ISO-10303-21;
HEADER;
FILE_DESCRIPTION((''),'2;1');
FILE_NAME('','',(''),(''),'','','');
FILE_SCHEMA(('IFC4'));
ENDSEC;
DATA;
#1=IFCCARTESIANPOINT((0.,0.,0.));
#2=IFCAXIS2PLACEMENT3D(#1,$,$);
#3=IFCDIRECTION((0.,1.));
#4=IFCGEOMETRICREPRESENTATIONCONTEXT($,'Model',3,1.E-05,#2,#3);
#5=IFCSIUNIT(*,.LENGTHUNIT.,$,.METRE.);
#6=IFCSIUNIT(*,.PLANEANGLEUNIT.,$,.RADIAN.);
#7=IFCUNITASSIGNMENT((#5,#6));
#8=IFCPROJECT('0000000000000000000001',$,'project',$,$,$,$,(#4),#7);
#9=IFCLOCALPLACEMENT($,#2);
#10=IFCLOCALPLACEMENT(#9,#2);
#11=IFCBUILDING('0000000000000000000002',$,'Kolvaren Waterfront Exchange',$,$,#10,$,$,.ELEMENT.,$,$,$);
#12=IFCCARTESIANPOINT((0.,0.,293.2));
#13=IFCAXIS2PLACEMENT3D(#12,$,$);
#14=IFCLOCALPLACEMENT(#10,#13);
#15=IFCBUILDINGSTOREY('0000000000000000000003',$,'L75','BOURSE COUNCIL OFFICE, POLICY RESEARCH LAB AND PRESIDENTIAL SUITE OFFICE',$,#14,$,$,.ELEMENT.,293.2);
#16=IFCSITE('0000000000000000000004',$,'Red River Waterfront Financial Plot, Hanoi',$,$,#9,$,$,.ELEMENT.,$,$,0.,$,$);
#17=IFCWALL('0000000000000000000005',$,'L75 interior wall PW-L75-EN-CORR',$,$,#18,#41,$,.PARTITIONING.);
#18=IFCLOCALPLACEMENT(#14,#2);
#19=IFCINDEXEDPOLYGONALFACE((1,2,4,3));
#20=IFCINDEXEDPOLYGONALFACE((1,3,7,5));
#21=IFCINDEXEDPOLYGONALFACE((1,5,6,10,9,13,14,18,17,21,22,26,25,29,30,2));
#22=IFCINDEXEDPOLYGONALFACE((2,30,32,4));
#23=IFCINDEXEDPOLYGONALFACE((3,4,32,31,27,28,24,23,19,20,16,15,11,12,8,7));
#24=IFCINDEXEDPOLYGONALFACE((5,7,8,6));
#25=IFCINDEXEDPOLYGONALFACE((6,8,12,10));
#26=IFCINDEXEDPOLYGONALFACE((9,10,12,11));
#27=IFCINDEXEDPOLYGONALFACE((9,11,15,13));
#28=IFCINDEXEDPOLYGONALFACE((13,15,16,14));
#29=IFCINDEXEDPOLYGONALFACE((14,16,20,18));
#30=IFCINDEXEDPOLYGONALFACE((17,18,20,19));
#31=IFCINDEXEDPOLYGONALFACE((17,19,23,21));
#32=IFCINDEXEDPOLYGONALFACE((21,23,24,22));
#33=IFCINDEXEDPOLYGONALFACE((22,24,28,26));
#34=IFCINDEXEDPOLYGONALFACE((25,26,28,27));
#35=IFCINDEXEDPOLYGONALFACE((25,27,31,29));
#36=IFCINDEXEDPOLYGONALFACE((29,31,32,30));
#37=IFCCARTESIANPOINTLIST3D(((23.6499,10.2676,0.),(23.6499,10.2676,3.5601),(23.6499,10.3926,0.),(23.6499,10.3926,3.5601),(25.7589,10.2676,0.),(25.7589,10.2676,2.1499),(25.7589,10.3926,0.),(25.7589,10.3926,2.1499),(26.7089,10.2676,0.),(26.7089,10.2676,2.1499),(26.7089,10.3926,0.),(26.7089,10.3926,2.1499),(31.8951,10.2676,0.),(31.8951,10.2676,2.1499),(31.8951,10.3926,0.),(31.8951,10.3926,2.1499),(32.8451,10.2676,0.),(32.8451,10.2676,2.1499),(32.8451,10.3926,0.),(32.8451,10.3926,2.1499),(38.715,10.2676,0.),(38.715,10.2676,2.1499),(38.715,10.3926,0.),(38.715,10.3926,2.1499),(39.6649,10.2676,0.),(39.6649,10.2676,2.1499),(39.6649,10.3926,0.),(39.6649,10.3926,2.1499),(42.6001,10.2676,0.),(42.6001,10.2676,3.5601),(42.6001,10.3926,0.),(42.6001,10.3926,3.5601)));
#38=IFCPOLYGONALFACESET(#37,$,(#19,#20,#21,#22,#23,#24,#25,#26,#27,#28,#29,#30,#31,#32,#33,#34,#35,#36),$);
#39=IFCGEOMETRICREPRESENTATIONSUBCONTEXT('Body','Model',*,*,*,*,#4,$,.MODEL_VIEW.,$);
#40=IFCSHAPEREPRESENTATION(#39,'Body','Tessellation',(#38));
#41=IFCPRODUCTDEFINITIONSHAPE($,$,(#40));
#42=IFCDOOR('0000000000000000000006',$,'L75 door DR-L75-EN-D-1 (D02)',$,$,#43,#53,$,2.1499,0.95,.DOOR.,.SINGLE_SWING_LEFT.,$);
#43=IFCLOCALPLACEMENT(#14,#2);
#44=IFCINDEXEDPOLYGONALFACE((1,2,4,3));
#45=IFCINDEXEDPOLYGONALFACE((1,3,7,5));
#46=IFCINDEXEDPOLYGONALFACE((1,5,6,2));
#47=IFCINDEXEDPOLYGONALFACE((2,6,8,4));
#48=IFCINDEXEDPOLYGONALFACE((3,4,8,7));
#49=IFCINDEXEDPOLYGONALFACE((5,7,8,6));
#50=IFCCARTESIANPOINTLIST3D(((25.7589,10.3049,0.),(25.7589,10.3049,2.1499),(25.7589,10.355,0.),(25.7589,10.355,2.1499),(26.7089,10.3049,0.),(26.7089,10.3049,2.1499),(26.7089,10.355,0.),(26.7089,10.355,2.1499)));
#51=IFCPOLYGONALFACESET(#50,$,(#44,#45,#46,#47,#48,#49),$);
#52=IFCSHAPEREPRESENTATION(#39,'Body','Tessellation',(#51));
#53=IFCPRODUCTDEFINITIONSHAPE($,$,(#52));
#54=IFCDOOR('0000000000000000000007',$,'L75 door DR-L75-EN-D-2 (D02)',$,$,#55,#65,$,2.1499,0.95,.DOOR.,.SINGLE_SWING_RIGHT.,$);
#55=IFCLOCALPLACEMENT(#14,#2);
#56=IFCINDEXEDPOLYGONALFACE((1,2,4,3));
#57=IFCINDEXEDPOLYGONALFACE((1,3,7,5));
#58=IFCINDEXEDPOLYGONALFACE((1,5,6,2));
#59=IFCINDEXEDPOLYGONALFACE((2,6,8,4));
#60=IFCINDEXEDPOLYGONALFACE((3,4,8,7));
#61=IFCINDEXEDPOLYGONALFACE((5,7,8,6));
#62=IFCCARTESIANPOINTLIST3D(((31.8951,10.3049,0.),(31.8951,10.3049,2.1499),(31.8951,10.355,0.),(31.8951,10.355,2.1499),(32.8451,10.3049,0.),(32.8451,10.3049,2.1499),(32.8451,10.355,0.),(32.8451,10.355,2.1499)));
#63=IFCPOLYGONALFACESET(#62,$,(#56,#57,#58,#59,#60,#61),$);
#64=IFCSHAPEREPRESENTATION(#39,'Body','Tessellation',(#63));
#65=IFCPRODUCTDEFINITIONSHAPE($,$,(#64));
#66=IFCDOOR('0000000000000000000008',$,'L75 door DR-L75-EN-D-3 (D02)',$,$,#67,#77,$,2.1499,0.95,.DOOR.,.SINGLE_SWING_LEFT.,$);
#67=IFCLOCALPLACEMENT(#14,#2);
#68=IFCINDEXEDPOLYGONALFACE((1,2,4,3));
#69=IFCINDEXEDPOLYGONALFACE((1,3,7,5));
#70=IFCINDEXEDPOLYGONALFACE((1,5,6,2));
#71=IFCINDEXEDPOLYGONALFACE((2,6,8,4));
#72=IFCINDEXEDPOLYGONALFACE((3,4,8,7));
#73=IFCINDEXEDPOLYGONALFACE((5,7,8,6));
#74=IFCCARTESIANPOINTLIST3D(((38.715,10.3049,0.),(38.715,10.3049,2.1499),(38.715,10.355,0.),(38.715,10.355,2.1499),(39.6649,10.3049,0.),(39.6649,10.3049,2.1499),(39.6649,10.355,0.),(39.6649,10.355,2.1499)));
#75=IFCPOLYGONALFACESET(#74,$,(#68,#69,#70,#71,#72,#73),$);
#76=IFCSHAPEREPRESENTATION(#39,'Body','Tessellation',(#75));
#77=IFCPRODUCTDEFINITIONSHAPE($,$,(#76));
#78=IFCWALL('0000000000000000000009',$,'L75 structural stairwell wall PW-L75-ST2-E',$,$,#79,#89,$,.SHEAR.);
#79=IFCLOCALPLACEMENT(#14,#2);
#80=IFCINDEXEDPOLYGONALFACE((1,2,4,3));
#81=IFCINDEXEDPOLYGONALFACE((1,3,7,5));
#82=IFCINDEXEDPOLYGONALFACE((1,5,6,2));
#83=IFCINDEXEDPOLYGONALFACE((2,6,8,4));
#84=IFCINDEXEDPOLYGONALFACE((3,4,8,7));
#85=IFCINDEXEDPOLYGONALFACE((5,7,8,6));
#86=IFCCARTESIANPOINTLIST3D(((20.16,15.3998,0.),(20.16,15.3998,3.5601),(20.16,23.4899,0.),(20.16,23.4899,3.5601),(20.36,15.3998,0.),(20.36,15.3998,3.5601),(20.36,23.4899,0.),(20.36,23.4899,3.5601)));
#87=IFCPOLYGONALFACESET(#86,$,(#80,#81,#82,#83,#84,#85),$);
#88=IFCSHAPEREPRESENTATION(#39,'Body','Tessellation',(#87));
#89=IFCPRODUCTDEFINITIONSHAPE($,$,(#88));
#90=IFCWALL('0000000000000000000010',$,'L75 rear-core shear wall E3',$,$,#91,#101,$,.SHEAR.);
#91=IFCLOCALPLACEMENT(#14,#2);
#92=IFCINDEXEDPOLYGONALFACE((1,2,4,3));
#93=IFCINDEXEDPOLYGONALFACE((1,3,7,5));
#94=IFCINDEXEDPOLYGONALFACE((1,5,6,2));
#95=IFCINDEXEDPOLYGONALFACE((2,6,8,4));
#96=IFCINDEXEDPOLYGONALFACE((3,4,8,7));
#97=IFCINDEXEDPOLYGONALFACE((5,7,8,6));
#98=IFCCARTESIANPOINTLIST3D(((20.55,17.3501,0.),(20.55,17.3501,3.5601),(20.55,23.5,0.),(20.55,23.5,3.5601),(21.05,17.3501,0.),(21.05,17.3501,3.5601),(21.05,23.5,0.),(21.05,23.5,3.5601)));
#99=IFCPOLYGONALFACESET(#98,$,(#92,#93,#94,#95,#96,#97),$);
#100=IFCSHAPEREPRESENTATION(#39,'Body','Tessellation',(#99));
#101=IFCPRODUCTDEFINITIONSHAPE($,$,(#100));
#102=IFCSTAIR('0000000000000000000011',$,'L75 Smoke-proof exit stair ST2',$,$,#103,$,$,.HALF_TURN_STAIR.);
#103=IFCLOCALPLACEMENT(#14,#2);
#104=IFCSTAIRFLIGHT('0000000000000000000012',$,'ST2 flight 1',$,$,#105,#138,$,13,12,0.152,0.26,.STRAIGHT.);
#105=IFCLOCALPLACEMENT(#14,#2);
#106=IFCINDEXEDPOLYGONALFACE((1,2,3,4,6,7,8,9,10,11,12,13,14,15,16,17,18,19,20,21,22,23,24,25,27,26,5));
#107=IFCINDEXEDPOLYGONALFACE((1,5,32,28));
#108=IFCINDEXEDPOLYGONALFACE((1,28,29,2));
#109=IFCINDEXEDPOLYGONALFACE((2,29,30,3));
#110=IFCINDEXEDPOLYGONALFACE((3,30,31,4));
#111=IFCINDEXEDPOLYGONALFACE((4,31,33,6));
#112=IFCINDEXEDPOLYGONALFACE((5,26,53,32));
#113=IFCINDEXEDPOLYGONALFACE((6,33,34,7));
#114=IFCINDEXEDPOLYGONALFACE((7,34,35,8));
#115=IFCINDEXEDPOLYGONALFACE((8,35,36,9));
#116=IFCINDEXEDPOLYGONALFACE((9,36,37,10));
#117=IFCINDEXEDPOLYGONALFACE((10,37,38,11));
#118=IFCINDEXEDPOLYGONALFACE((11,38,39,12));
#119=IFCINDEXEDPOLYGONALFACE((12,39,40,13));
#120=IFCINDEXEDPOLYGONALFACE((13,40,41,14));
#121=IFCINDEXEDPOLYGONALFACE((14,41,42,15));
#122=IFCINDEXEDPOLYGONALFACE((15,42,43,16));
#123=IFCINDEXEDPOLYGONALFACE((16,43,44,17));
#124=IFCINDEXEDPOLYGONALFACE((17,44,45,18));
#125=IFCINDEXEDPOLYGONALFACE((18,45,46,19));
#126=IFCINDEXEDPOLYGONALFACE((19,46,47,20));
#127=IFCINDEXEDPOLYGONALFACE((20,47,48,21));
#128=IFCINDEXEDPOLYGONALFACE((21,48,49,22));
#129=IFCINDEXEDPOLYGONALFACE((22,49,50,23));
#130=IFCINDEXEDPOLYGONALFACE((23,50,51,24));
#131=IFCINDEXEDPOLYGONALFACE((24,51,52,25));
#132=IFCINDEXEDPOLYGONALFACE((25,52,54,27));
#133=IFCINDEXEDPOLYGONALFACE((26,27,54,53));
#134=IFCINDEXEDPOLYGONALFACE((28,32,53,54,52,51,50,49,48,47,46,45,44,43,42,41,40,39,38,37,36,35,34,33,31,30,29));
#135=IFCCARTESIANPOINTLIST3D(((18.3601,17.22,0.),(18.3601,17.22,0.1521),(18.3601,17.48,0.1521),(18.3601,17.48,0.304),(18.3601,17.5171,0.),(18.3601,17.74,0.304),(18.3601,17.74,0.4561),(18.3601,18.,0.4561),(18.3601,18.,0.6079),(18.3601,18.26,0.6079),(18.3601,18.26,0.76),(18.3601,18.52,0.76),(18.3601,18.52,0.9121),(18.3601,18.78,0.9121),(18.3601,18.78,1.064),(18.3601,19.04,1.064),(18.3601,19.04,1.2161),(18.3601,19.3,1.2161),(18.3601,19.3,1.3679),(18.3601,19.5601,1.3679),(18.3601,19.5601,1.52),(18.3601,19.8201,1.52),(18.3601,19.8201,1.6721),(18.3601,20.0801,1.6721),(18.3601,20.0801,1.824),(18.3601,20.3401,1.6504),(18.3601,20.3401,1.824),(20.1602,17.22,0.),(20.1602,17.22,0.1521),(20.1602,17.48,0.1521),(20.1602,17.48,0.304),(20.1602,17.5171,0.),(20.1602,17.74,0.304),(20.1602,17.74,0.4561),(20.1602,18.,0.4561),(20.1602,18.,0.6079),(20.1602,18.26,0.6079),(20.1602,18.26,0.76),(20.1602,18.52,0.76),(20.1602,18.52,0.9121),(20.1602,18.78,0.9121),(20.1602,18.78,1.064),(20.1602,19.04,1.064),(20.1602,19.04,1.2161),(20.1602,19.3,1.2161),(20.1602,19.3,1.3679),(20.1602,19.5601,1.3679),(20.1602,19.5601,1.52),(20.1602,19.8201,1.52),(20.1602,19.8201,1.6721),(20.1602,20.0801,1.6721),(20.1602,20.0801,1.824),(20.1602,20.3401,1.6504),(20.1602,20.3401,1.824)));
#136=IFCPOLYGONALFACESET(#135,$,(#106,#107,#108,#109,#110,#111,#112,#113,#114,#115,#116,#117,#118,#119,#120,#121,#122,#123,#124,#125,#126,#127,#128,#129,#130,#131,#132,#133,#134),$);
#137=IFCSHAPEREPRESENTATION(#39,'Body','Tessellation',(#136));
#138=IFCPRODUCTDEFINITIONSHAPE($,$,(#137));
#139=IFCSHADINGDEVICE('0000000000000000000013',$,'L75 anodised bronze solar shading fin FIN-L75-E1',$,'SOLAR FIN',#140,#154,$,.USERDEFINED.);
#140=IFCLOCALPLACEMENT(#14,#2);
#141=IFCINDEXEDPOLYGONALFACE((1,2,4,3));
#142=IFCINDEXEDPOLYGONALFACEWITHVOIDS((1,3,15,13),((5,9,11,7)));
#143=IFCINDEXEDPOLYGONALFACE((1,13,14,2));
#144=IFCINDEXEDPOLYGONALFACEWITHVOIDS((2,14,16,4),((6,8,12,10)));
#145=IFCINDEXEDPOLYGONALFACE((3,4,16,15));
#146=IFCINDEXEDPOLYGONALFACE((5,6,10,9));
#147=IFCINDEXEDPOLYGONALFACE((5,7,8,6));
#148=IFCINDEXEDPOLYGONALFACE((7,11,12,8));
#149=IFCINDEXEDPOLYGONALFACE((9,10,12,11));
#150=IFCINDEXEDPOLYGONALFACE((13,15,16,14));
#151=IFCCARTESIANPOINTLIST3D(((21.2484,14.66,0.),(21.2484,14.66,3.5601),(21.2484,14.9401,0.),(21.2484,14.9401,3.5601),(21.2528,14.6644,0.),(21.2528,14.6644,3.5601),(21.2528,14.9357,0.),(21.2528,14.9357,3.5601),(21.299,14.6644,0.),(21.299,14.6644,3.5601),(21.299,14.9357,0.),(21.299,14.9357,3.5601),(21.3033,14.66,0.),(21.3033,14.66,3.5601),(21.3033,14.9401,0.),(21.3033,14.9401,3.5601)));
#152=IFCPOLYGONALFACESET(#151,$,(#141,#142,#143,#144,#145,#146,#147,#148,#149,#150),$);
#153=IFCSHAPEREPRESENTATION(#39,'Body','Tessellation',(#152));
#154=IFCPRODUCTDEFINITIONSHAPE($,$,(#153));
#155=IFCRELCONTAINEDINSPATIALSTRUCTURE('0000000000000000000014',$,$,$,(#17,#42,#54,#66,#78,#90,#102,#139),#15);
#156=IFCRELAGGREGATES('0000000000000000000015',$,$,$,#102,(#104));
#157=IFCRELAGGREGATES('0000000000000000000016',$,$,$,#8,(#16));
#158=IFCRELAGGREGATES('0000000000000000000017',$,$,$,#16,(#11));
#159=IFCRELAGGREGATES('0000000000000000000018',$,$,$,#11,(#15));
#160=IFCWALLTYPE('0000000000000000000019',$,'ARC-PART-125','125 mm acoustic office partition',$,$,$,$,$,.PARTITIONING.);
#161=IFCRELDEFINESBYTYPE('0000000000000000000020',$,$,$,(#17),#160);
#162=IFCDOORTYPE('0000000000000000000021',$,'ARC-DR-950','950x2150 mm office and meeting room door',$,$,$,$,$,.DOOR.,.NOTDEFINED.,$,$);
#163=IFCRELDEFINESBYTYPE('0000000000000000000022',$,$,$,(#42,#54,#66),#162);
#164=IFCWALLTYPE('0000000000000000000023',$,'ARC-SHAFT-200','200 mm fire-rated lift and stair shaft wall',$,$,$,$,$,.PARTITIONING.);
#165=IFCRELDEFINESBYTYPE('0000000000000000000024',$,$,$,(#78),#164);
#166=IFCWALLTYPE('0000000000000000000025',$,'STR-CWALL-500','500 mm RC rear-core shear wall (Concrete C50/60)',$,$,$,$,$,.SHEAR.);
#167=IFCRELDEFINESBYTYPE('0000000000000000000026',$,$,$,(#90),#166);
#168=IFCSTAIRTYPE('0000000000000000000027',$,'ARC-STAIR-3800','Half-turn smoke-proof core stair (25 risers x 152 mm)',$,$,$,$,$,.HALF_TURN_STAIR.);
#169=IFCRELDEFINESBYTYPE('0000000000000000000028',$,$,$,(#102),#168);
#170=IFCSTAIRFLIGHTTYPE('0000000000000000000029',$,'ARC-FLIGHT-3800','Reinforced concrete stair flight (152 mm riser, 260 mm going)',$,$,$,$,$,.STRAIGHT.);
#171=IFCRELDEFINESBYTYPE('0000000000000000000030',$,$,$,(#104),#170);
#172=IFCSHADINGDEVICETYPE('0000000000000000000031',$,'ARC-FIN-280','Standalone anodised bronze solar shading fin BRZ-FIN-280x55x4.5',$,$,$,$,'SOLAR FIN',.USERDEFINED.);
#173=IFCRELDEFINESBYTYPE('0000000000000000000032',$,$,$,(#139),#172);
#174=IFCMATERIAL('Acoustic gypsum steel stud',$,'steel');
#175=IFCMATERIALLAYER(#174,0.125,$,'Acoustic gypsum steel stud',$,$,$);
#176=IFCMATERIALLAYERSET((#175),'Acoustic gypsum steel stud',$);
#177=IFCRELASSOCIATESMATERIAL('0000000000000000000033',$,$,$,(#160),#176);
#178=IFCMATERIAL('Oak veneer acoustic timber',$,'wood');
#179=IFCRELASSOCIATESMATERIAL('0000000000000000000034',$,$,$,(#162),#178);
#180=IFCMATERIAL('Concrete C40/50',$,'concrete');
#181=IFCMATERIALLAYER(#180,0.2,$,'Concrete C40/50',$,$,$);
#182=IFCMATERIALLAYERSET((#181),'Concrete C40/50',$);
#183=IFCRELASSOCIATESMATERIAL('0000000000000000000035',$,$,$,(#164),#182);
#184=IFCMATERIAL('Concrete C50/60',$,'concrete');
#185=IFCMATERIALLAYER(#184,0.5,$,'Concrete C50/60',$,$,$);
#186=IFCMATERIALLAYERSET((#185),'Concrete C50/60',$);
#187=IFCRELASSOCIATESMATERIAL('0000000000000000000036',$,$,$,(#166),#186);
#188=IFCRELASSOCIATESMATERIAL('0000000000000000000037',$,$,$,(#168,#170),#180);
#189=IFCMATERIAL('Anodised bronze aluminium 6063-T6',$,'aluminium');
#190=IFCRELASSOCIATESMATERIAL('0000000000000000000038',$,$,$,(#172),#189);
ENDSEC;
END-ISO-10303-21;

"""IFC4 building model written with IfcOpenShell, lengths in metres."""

from ifc_helpers import new_model, si_unit, direction, frame, frame_2d, origin, origin_2d, place, context, subcontext, project, spatial, polyline, rectangle, hollow_rectangle, outline, extrude, material, layer, layer_set, material_profile, profile_set, type_object, element, fill, aggregate, save


model = new_model("IFC4")

# Units and contexts
model_context = context("Model", 3, precision=1e-05, world=origin(), true_north=direction((0.0, 1.0)))
body_context = subcontext(model_context, "Body", "Model", "MODEL_VIEW")
ifc_project = project(units=[si_unit("LENGTHUNIT", "METRE"), si_unit("PLANEANGLEUNIT", "RADIAN")], contexts=[model_context])

# Site, building, storey
site_placement = place(None, origin())
site = spatial("IfcSite", under=ifc_project, at=site_placement, Name="Red River Waterfront Financial Plot, Hanoi", CompositionType="ELEMENT", RefElevation=0.0)
building_placement = place(site_placement, origin())
building = spatial("IfcBuilding", under=site, at=building_placement, Name="Kolvaren Waterfront Exchange", CompositionType="ELEMENT")
storey_placement = place(building_placement, frame((0.0, 0.0, 293.2)))
storey = spatial("IfcBuildingStorey", under=building, at=storey_placement, Name="L75", Description="BOURSE COUNCIL OFFICE, POLICY RESEARCH LAB AND PRESIDENTIAL SUITE OFFICE", CompositionType="ELEMENT", Elevation=293.2)

# Shared definitions
ifc_material_1 = material(Name="Concrete C50/60", Category="concrete")

# Shared definitions
ifc_material_2 = material(Name="Acoustic gypsum steel stud", Category="steel")
ifc_layer_1 = layer(ifc_material_2, 0.125, Name="Acoustic gypsum steel stud")
ifc_layer_set_1 = layer_set([ifc_layer_1], Name="Acoustic gypsum steel stud")
wall_type_1 = type_object("IfcWallType", Name="ARC-PART-125", Description="125 mm acoustic office partition", PredefinedType="PARTITIONING", material=ifc_layer_set_1)

# Wall, openings, doors
wall_1_placement = place(storey_placement, frame((23.6499, 10.3301, 0.0), z_axis=(0.0, 0.0, 1.0), x_axis=(1.0, 0.0, 0.0)))
wall_1 = element("IfcWall", 1, at=wall_1_placement, inside=storey, type_object=wall_type_1, Name="L75 interior wall PW-L75-EN-CORR", PredefinedType="PARTITIONING", context=body_context, shape_type="SweptSolid", body=[
    extrude(rectangle(XDim=18.9502, YDim=0.125, at=frame_2d((9.4751, 0.0))), origin(), (0.0, 0.0, 1.0), 3.5601),
])
opening_1_placement = place(wall_1_placement, frame((2.1089, 0.0, 0.0)))
opening_1 = element("IfcOpeningElement", 2, at=opening_1_placement, cuts=wall_1, PredefinedType="OPENING", context=body_context, shape_type="SweptSolid", body=[
    extrude(rectangle(XDim=0.95, YDim=2.1499, at=frame_2d((0.4751, 1.075))), frame((0.0, 0.0725, 0.0), z_axis=(0.0, -1.0, 0.0), x_axis=(1.0, 0.0, 0.0)), (0.0, 0.0, 1.0), 0.145),
])
opening_2_placement = place(wall_1_placement, frame((8.2451, 0.0, 0.0)))
opening_2 = element("IfcOpeningElement", 3, at=opening_2_placement, cuts=wall_1, PredefinedType="OPENING", context=body_context, shape_type="SweptSolid", body=[
    extrude(rectangle(XDim=0.95, YDim=2.1499, at=frame_2d((0.4751, 1.075))), frame((0.0, 0.0725, 0.0), z_axis=(0.0, -1.0, 0.0), x_axis=(1.0, 0.0, 0.0)), (0.0, 0.0, 1.0), 0.145),
])
opening_3_placement = place(wall_1_placement, frame((15.0649, 0.0, 0.0)))
opening_3 = element("IfcOpeningElement", 4, at=opening_3_placement, cuts=wall_1, PredefinedType="OPENING", context=body_context, shape_type="SweptSolid", body=[
    extrude(rectangle(XDim=0.95, YDim=2.1499, at=frame_2d((0.4751, 1.075))), frame((0.0, 0.0725, 0.0), z_axis=(0.0, -1.0, 0.0), x_axis=(1.0, 0.0, 0.0)), (0.0, 0.0, 1.0), 0.145),
])
ifc_material_3 = material(Name="Oak veneer acoustic timber", Category="wood")
door_type = type_object("IfcDoorType", Name="ARC-DR-950", Description="950x2150 mm office and meeting room door", OperationType="NOTDEFINED", PredefinedType="DOOR", material=ifc_material_3)
door_1_placement = place(opening_1_placement, origin())
door_1 = element("IfcDoor", 5, at=door_1_placement, inside=storey, type_object=door_type, Name="L75 door DR-L75-EN-D-1 (D02)", OperationType="SINGLE_SWING_LEFT", OverallHeight=2.1499, OverallWidth=0.95, PredefinedType="DOOR", context=body_context, shape_type="SweptSolid", body=[
    extrude(rectangle(XDim=0.95, YDim=2.1499, at=frame_2d((0.4751, 1.075))), frame((0.0, 0.0249, 0.0), z_axis=(0.0, -1.0, 0.0), x_axis=(1.0, 0.0, 0.0)), (0.0, 0.0, 1.0), 0.05),
])
fill(opening_1, door_1)
door_2_placement = place(opening_2_placement, origin())
door_2 = element("IfcDoor", 6, at=door_2_placement, inside=storey, type_object=door_type, Name="L75 door DR-L75-EN-D-2 (D02)", OperationType="SINGLE_SWING_RIGHT", OverallHeight=2.1499, OverallWidth=0.95, PredefinedType="DOOR", context=body_context, shape_type="SweptSolid", body=[
    extrude(rectangle(XDim=0.95, YDim=2.1499, at=frame_2d((0.4751, 1.075))), frame((0.0, 0.0249, 0.0), z_axis=(0.0, -1.0, 0.0), x_axis=(1.0, 0.0, 0.0)), (0.0, 0.0, 1.0), 0.05),
])
fill(opening_2, door_2)
door_3_placement = place(opening_3_placement, origin())
door_3 = element("IfcDoor", 7, at=door_3_placement, inside=storey, type_object=door_type, Name="L75 door DR-L75-EN-D-3 (D02)", OperationType="SINGLE_SWING_LEFT", OverallHeight=2.1499, OverallWidth=0.95, PredefinedType="DOOR", context=body_context, shape_type="SweptSolid", body=[
    extrude(rectangle(XDim=0.95, YDim=2.1499, at=frame_2d((0.4751, 1.075))), frame((0.0, 0.0249, 0.0), z_axis=(0.0, -1.0, 0.0), x_axis=(1.0, 0.0, 0.0)), (0.0, 0.0, 1.0), 0.05),
])
fill(opening_3, door_3)

# Walls
ifc_material_4 = material(Name="Concrete C40/50", Category="concrete")
ifc_layer_2 = layer(ifc_material_4, 0.2, Name="Concrete C40/50")
ifc_layer_set_2 = layer_set([ifc_layer_2], Name="Concrete C40/50")
wall_type_2 = type_object("IfcWallType", Name="ARC-SHAFT-200", Description="200 mm fire-rated lift and stair shaft wall", PredefinedType="PARTITIONING", material=ifc_layer_set_2)
wall_2_placement = place(storey_placement, frame((20.26, 15.3999, 0.0), z_axis=(0.0, 0.0, 1.0), x_axis=(0.0, 1.0, 0.0)))
element("IfcWall", 8, at=wall_2_placement, inside=storey, type_object=wall_type_2, Name="L75 structural stairwell wall PW-L75-ST2-E", PredefinedType="SHEAR", context=body_context, shape_type="SweptSolid", body=[
    extrude(rectangle(XDim=8.0901, YDim=0.2, at=frame_2d((4.0449, 0.0))), origin(), (0.0, 0.0, 1.0), 3.5601),
])
ifc_layer_3 = layer(ifc_material_1, 0.5, Name="Concrete C50/60")
ifc_layer_set_3 = layer_set([ifc_layer_3], Name="Concrete C50/60")
wall_type_3 = type_object("IfcWallType", Name="STR-CWALL-500", Description="500 mm RC rear-core shear wall (Concrete C50/60)", PredefinedType="SHEAR", material=ifc_layer_set_3)
wall_3_placement = place(storey_placement, frame((20.8, 17.3501, 0.0), z_axis=(0.0, 0.0, 1.0), x_axis=(0.0, 1.0, 0.0)))
element("IfcWall", 9, at=wall_3_placement, inside=storey, type_object=wall_type_3, Name="L75 rear-core shear wall E3", PredefinedType="SHEAR", context=body_context, shape_type="SweptSolid", body=[
    extrude(rectangle(XDim=6.1499, YDim=0.5, at=frame_2d((3.075, 0.0))), origin(), (0.0, 0.0, 1.0), 3.5601),
])

# Stair, stair flight
stair_type = type_object("IfcStairType", Name="ARC-STAIR-3800", Description="Half-turn smoke-proof core stair (25 risers x 152 mm)", PredefinedType="HALF_TURN_STAIR", material=ifc_material_4)
stair_placement = place(storey_placement, origin())
stair = element("IfcStair", 10, at=stair_placement, inside=storey, type_object=stair_type, Name="L75 Smoke-proof exit stair ST2", PredefinedType="HALF_TURN_STAIR")
stair_flight_type = type_object("IfcStairFlightType", Name="ARC-FLIGHT-3800", Description="Reinforced concrete stair flight (152 mm riser, 260 mm going)", PredefinedType="STRAIGHT", material=ifc_material_4)
stair_flight_placement = place(storey_placement, frame((19.26, 17.22, 0.0), z_axis=(0.0, 0.0, 1.0), x_axis=(0.0, 1.0, 0.0)))
stair_flight = element("IfcStairFlight", 11, at=stair_flight_placement, type_object=stair_flight_type, Name="ST2 flight 1", NumberOfRisers=13, NumberOfTreads=12, PredefinedType="STRAIGHT", RiserHeight=0.152, TreadLength=0.26, context=body_context, shape_type="SweptSolid", body=[
    extrude(outline(polyline([(0.0, 0.0), (0.0, 0.1521), (0.26, 0.1521), (0.26, 0.304), (0.52, 0.304), (0.52, 0.4561), (0.78, 0.4561), (0.78, 0.6079), (1.04, 0.6079), (1.04, 0.76), (1.3, 0.76), (1.3, 0.9121), (1.5601, 0.9121), (1.5601, 1.064), (1.8201, 1.064), (1.8201, 1.2161), (2.0801, 1.2161), (2.0801, 1.3679), (2.3401, 1.3679), (2.3401, 1.52), (2.6001, 1.52), (2.6001, 1.6721), (2.8601, 1.6721), (2.8601, 1.824), (3.1201, 1.824), (3.1201, 1.9761), (3.1201, 1.6504), (0.2971, 0.0), (0.0, 0.0)])), frame((0.0, 0.8999, 0.0), z_axis=(0.0, -1.0, 0.0), x_axis=(1.0, 0.0, 0.0)), (0.0, 0.0, 1.0), 1.8),
])
aggregate(stair, [stair_flight])

# Shading device
ifc_material_5 = material(Name="Anodised bronze aluminium 6063-T6", Category="aluminium")
ifc_material_profile_1 = material_profile(ifc_material_5, hollow_rectangle(XDim=0.0549, YDim=0.28, WallThickness=0.0044, at=origin_2d()), Name="BRZ-FIN-280x55x4.5")
ifc_profile_set_1 = profile_set([ifc_material_profile_1], Name="Anodised bronze aluminium 6063-T6")
shading_device_type = type_object("IfcShadingDeviceType", Name="ARC-FIN-280", Description="Standalone anodised bronze solar shading fin BRZ-FIN-280x55x4.5", ElementType="SOLAR FIN", PredefinedType="USERDEFINED", material=ifc_profile_set_1)
shading_device_placement = place(storey_placement, frame((21.2759, 14.8, 0.0), z_axis=(0.0, 0.0, 1.0), x_axis=(1.0, 0.0, 0.0)))
element("IfcShadingDevice", 12, at=shading_device_placement, inside=storey, type_object=shading_device_type, Name="L75 anodised bronze solar shading fin FIN-L75-E1", ObjectType="SOLAR FIN", PredefinedType="USERDEFINED", context=body_context, shape_type="SweptSolid", body=[
    extrude(hollow_rectangle(XDim=0.0549, YDim=0.28, WallThickness=0.0044, at=origin_2d()), origin(), (0.0, 0.0, 1.0), 3.5601),
])

save(model, "model.ifc")
